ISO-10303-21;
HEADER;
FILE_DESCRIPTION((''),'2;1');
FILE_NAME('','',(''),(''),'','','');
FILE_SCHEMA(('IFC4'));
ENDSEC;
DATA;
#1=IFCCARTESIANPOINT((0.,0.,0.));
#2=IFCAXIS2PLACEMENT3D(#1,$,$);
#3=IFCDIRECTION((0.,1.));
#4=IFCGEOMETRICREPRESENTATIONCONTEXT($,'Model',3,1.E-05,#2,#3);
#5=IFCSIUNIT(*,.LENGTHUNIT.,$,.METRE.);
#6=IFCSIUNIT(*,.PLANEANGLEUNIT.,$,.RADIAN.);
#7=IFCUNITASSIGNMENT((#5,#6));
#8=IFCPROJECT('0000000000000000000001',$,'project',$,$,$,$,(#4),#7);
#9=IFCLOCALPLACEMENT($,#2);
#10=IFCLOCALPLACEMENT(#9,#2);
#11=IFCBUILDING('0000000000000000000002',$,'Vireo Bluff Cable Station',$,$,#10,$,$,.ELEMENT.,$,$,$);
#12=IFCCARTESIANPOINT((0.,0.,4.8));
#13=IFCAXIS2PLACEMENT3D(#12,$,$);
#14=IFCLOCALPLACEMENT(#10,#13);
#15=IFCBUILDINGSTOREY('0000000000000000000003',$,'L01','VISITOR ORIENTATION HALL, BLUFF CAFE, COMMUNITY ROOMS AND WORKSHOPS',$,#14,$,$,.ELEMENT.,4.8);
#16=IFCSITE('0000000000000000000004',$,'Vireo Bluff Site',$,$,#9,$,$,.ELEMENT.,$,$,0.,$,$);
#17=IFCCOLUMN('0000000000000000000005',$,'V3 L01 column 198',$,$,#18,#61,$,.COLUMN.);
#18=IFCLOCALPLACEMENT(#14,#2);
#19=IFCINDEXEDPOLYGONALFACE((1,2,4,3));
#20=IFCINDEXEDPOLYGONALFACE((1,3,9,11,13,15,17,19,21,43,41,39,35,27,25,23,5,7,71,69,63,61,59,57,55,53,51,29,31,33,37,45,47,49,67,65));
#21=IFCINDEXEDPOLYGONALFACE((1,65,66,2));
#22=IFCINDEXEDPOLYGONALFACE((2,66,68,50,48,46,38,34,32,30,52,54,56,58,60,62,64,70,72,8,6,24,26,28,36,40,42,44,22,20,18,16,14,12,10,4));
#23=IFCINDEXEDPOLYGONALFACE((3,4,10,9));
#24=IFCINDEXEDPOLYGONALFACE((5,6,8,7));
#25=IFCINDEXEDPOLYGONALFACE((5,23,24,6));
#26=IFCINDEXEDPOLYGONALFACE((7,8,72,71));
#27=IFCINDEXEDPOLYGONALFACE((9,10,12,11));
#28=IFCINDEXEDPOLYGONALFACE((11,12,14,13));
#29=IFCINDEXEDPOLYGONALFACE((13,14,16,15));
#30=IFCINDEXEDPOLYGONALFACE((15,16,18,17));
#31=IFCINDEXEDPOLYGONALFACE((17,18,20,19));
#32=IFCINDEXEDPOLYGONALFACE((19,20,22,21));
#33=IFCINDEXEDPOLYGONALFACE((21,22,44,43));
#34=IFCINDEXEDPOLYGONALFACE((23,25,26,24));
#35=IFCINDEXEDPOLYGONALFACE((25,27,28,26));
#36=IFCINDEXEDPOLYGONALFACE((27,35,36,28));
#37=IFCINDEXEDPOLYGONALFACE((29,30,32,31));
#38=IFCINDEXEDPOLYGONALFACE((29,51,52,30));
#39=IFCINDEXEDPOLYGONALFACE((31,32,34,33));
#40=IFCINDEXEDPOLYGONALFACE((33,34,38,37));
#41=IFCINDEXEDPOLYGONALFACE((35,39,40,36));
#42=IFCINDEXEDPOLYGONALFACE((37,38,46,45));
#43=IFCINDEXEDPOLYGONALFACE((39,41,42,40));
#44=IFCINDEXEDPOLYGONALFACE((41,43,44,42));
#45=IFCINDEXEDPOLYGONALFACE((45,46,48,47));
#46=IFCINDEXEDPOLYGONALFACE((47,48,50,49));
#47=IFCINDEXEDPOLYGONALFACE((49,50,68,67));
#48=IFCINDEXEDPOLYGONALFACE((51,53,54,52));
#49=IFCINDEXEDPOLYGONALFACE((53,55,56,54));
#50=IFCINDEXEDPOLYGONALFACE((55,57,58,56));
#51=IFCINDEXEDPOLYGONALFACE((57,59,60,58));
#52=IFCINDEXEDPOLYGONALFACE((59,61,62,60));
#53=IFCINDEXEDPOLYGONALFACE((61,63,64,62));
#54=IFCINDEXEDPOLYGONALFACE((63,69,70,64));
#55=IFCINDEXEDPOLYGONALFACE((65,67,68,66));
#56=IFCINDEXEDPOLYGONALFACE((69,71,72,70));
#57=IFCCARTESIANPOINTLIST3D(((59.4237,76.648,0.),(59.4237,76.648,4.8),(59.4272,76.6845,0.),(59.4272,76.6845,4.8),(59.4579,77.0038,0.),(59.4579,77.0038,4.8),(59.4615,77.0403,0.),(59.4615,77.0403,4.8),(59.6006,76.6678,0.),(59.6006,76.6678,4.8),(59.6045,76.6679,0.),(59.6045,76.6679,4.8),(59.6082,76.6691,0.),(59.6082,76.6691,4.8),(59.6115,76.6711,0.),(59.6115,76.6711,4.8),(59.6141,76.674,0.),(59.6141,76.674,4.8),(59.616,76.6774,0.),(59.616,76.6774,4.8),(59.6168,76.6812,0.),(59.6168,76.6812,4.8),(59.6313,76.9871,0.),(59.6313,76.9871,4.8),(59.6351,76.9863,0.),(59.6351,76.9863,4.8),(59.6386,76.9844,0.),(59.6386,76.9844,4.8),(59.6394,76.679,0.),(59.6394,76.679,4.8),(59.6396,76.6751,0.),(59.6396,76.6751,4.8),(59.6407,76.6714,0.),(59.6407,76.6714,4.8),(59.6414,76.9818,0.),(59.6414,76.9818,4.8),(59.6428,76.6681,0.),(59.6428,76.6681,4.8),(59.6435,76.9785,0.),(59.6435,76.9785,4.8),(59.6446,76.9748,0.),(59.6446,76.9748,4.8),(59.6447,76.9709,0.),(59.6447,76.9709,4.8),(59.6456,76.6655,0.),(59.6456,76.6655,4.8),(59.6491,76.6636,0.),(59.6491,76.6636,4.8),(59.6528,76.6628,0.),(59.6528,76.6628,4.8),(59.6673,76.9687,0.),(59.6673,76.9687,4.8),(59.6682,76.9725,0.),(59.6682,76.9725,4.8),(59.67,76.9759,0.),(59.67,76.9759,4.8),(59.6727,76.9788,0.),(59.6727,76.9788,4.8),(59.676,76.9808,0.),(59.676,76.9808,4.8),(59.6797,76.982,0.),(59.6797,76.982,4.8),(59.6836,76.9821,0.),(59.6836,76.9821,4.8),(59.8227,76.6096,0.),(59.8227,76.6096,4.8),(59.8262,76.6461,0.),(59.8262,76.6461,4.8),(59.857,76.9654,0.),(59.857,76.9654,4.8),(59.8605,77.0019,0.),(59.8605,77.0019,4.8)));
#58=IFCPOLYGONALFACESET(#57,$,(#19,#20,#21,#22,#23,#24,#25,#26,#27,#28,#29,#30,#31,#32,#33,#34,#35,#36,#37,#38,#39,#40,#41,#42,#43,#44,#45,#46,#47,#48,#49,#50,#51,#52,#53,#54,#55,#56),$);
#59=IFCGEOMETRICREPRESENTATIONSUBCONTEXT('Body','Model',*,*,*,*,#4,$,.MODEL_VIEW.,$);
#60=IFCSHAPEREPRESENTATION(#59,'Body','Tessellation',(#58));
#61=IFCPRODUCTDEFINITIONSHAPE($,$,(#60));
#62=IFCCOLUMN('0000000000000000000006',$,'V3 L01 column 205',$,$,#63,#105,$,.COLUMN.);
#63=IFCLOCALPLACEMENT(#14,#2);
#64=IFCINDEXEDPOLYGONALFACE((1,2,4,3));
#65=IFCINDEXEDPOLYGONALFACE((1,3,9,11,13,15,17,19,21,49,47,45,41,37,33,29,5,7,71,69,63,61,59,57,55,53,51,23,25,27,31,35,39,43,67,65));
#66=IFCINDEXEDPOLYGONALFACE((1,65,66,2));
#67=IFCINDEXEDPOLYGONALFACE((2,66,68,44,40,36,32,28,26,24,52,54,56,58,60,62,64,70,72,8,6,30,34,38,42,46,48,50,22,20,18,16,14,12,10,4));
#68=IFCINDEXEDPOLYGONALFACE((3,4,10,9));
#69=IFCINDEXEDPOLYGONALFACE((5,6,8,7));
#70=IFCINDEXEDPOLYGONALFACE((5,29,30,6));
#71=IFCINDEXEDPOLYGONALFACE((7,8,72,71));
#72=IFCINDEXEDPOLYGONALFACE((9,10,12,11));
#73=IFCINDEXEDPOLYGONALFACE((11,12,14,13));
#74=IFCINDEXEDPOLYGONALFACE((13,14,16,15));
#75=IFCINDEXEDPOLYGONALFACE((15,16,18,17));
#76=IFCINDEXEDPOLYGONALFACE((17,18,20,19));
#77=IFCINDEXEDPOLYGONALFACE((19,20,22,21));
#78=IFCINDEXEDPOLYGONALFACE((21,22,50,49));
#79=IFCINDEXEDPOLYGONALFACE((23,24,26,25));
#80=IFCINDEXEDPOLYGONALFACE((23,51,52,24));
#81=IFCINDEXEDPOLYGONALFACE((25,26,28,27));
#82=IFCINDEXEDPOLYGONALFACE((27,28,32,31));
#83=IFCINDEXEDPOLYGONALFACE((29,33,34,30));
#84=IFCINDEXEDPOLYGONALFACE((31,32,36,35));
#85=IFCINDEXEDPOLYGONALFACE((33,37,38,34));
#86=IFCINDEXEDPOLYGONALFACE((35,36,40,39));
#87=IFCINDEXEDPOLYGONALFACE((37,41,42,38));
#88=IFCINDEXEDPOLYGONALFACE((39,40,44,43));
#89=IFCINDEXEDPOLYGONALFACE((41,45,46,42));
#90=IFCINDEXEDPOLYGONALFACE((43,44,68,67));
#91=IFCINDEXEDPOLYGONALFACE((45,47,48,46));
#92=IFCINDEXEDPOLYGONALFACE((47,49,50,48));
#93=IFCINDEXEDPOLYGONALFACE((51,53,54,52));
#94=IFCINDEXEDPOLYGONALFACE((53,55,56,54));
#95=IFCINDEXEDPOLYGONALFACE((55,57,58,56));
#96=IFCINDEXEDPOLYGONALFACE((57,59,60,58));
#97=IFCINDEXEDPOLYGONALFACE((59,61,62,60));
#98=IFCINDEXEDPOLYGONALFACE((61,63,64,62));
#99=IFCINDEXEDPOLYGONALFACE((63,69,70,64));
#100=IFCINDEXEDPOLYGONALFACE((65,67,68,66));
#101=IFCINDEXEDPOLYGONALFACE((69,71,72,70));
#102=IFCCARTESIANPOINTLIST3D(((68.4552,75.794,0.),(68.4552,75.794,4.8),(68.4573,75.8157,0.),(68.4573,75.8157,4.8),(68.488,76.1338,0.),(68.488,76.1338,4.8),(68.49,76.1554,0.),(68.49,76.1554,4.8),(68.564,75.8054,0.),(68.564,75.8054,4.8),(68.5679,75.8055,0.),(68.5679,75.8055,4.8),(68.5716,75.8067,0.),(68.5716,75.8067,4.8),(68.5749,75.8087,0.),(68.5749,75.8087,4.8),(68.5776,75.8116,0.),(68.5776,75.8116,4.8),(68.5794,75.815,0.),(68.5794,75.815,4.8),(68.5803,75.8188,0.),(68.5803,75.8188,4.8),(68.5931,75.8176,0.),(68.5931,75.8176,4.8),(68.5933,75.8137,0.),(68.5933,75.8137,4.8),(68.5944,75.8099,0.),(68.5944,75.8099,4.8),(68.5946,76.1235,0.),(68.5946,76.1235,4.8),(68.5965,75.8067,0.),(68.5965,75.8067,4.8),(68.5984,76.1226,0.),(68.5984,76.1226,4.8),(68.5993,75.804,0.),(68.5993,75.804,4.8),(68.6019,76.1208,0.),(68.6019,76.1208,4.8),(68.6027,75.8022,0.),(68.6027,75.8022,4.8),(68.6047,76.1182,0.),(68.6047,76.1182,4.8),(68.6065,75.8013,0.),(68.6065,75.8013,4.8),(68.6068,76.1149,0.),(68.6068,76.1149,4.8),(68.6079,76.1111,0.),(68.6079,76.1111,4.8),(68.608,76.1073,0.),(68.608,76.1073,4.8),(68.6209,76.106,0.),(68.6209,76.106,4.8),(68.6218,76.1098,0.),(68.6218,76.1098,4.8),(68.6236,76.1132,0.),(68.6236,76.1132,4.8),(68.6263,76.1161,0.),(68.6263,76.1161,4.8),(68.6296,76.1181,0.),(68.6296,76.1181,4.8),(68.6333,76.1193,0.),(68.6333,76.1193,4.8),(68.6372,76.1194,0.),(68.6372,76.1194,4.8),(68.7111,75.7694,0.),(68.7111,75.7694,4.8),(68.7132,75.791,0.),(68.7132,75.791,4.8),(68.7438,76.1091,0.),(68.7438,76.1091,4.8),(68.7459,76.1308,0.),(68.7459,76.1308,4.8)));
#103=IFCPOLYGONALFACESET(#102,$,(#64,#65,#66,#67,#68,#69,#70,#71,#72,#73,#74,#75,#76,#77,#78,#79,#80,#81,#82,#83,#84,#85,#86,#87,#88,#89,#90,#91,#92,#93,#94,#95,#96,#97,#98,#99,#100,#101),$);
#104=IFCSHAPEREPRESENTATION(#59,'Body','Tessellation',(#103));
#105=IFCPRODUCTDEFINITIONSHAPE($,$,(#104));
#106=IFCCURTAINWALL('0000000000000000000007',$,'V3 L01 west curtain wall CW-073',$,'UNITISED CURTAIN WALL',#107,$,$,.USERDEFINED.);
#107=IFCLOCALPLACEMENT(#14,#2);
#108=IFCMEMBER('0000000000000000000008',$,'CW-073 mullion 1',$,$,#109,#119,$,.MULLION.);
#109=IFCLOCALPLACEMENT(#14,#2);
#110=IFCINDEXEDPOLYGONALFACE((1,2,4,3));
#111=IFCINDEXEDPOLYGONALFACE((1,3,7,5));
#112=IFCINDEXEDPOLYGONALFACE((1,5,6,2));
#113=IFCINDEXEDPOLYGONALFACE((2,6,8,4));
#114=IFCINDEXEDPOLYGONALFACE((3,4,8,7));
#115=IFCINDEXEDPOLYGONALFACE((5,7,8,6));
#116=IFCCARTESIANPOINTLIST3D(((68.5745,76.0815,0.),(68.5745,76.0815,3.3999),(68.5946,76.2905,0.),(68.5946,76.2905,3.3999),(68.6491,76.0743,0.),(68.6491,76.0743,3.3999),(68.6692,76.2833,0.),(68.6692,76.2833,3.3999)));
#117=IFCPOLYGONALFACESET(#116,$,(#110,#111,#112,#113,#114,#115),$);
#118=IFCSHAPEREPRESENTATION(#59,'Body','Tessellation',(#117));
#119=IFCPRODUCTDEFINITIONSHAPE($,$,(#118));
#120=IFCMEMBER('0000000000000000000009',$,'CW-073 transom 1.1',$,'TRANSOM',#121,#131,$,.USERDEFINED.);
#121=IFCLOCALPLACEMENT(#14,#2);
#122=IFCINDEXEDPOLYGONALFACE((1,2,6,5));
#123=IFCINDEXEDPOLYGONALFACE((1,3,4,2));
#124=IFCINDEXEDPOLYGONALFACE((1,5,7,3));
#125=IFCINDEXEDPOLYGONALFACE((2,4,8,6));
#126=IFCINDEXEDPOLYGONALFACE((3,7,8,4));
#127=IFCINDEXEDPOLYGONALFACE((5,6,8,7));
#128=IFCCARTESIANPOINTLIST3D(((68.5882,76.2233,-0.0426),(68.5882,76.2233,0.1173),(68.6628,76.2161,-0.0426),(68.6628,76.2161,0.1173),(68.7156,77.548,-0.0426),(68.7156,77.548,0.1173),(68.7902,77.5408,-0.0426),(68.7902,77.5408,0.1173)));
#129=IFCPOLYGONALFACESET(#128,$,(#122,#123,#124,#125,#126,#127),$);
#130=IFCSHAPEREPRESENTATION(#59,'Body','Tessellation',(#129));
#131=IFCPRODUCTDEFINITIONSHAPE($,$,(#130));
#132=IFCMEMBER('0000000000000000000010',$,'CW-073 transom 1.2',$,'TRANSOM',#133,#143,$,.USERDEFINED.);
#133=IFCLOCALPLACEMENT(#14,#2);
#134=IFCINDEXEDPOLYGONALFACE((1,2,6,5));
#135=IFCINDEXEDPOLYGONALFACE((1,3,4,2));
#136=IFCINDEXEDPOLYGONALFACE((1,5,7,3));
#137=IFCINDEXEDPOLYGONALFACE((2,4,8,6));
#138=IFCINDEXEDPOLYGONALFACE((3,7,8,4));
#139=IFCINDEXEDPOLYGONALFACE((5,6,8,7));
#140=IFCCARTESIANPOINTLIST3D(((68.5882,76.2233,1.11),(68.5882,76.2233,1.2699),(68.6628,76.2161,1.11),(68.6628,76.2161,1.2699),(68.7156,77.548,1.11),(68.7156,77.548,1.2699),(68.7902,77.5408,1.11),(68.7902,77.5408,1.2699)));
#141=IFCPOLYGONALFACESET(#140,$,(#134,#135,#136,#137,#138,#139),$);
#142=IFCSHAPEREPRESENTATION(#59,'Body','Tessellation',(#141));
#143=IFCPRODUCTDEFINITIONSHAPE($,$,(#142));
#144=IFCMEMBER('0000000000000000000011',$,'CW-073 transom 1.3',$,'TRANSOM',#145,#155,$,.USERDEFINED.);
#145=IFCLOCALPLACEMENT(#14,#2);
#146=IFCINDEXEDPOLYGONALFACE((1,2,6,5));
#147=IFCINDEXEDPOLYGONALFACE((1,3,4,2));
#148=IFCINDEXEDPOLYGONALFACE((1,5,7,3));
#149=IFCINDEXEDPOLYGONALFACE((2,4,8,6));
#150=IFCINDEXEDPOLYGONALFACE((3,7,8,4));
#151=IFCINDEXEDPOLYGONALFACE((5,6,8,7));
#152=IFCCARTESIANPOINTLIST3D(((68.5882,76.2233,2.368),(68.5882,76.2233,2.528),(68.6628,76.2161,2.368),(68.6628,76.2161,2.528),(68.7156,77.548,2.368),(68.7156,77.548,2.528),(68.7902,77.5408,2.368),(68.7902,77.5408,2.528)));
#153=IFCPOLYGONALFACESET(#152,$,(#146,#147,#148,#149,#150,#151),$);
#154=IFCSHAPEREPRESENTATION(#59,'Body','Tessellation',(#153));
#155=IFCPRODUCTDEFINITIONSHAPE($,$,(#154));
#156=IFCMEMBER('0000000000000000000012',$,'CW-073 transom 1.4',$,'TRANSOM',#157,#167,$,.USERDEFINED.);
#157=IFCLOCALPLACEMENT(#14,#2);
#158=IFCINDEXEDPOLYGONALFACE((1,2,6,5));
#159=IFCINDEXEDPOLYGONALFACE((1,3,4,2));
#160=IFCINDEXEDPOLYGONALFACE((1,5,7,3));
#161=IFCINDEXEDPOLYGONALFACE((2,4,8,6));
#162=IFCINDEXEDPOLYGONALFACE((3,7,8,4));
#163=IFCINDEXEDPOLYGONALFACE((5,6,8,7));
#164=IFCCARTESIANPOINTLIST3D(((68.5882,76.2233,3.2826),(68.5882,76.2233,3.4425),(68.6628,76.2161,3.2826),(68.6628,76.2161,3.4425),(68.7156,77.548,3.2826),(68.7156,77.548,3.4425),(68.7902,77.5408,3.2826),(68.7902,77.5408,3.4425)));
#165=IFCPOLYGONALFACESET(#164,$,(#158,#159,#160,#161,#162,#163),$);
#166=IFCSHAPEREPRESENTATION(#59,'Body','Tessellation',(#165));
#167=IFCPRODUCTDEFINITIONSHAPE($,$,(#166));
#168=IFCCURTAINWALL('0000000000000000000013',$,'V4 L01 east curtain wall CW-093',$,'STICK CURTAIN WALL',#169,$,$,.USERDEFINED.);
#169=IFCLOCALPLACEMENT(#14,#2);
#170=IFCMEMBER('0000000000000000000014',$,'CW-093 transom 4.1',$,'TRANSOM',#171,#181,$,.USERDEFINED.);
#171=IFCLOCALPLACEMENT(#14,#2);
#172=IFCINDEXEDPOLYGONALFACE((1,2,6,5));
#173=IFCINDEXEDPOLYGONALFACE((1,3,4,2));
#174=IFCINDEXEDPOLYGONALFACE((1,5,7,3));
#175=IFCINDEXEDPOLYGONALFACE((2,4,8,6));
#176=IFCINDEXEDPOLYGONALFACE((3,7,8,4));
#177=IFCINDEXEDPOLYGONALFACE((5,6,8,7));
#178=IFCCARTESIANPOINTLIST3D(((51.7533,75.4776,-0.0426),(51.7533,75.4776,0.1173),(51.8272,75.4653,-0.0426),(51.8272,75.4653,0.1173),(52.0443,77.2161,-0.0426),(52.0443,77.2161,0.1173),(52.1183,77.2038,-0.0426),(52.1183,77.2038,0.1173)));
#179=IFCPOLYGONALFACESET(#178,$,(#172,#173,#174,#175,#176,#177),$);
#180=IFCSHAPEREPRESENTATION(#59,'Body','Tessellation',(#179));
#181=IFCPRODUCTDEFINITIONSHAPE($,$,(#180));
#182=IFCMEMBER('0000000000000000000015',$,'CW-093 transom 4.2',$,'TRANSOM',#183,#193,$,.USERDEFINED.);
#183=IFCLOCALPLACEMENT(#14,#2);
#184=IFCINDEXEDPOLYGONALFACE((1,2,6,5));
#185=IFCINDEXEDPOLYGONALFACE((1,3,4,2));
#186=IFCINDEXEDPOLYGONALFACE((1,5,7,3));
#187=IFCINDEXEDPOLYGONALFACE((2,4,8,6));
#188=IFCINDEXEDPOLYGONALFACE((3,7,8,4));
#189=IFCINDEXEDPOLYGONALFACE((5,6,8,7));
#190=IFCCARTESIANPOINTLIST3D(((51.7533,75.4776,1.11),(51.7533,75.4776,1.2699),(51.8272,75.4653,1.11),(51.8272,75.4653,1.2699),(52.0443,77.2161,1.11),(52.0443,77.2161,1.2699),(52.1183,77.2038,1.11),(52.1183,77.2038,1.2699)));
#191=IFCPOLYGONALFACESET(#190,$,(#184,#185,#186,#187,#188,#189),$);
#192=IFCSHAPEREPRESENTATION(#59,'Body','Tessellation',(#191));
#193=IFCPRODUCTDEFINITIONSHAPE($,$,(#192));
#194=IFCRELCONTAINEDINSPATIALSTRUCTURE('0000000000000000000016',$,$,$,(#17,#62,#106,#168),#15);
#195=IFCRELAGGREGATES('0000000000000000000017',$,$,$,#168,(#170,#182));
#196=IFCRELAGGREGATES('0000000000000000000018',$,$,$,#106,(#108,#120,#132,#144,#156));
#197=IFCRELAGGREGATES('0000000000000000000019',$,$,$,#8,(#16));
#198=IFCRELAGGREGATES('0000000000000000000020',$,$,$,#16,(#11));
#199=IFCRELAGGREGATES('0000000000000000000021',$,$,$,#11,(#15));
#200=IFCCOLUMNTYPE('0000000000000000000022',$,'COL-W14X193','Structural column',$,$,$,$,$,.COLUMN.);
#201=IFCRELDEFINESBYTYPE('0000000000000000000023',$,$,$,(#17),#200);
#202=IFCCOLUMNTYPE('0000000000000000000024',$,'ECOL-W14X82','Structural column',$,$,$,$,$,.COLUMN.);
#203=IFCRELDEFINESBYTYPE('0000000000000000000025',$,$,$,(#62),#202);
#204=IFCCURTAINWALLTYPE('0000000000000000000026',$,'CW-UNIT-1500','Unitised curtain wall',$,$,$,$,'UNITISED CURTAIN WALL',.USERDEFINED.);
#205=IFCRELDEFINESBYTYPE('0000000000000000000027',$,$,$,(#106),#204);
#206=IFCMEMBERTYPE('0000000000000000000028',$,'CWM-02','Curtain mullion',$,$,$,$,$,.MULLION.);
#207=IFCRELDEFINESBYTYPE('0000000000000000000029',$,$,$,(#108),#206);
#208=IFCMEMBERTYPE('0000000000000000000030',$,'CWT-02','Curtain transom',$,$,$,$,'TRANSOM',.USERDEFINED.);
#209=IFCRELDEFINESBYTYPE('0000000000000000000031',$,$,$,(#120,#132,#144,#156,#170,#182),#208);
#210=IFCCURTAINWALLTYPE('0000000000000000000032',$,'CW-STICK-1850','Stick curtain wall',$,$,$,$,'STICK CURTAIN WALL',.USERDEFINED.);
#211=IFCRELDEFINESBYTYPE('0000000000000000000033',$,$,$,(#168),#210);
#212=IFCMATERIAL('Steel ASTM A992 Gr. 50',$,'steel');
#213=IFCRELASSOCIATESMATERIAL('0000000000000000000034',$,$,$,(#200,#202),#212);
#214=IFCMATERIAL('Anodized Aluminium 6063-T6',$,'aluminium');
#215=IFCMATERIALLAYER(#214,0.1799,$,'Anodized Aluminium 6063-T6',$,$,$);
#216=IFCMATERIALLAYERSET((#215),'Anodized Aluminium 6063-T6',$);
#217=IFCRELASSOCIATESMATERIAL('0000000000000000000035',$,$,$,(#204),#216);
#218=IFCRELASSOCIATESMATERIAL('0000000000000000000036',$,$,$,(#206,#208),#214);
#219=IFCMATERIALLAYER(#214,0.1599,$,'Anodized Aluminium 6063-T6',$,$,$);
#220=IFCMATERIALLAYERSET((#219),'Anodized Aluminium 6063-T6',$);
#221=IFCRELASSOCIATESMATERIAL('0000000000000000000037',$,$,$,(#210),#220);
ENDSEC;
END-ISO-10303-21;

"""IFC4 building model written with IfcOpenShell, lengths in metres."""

from ifc_helpers import new_model, si_unit, direction, frame, origin, origin_2d, place, context, subcontext, project, spatial, rectangle, i_section, extrude, material, layer, layer_set, material_profile, profile_set, type_object, element, aggregate, save


model = new_model("IFC4")

# Units and contexts
model_context = context("Model", 3, precision=1e-05, world=origin(), true_north=direction((0.0, 1.0)))
body_context = subcontext(model_context, "Body", "Model", "MODEL_VIEW")
ifc_project = project(units=[si_unit("LENGTHUNIT", "METRE"), si_unit("PLANEANGLEUNIT", "RADIAN")], contexts=[model_context])

# Site, building, storey
site_placement = place(None, origin())
site = spatial("IfcSite", under=ifc_project, at=site_placement, Name="Vireo Bluff Site", CompositionType="ELEMENT", RefElevation=0.0)
building_placement = place(site_placement, origin())
building = spatial("IfcBuilding", under=site, at=building_placement, Name="Vireo Bluff Cable Station", CompositionType="ELEMENT")
storey_placement = place(building_placement, frame((0.0, 0.0, 4.8)))
storey = spatial("IfcBuildingStorey", under=building, at=storey_placement, Name="L01", Description="VISITOR ORIENTATION HALL, BLUFF CAFE, COMMUNITY ROOMS AND WORKSHOPS", CompositionType="ELEMENT", Elevation=4.8)

# Columns
ifc_material_1 = material(Name="Steel ASTM A992 Gr. 50", Category="steel")
ifc_material_profile_1 = material_profile(ifc_material_1, i_section(OverallWidth=0.4009, OverallDepth=0.394, WebThickness=0.0227, FlangeThickness=0.0366, FilletRadius=0.0149, at=origin_2d()), Name="W14X193")
ifc_profile_set_1 = profile_set([ifc_material_profile_1], Name="Steel ASTM A992 Gr. 50")
column_type_1 = type_object("IfcColumnType", Name="COL-W14X193", Description="Structural column", PredefinedType="COLUMN", material=ifc_profile_set_1)
column_1_placement = place(storey_placement, frame((59.6421, 76.825, 0.0), z_axis=(0.0, 0.0, 1.0), x_axis=(0.995396, -0.095846, 0.0)))
element("IfcColumn", 1, at=column_1_placement, inside=storey, type_object=column_type_1, Name="V3 L01 column 198", PredefinedType="COLUMN", context=body_context, shape_type="SweptSolid", body=[
    extrude(i_section(OverallWidth=0.4009, OverallDepth=0.394, WebThickness=0.0227, FlangeThickness=0.0366, FilletRadius=0.0149, at=origin_2d()), origin(), (0.0, 0.0, 1.0), 4.8),
])
ifc_material_profile_2 = material_profile(ifc_material_1, i_section(OverallWidth=0.2571, OverallDepth=0.363, WebThickness=0.0129, FlangeThickness=0.0217, FilletRadius=0.0149, at=origin_2d()), Name="W14X82")
ifc_profile_set_2 = profile_set([ifc_material_profile_2], Name="Steel ASTM A992 Gr. 50")
column_type_2 = type_object("IfcColumnType", Name="ECOL-W14X82", Description="Structural column", PredefinedType="COLUMN", material=ifc_profile_set_2)
column_2_placement = place(storey_placement, frame((68.6006, 75.9624, 0.0), z_axis=(0.0, 0.0, 1.0), x_axis=(0.995396, -0.095846, 0.0)))
element("IfcColumn", 2, at=column_2_placement, inside=storey, type_object=column_type_2, Name="V3 L01 column 205", PredefinedType="COLUMN", context=body_context, shape_type="SweptSolid", body=[
    extrude(i_section(OverallWidth=0.2571, OverallDepth=0.363, WebThickness=0.0129, FlangeThickness=0.0217, FilletRadius=0.0149, at=origin_2d()), origin(), (0.0, 0.0, 1.0), 4.8),
])

# Curtain walls, members
ifc_material_2 = material(Name="Anodized Aluminium 6063-T6", Category="aluminium")
ifc_layer_1 = layer(ifc_material_2, 0.1799, Name="Anodized Aluminium 6063-T6")
ifc_layer_set_1 = layer_set([ifc_layer_1], Name="Anodized Aluminium 6063-T6")
curtain_wall_type_1 = type_object("IfcCurtainWallType", Name="CW-UNIT-1500", Description="Unitised curtain wall", ElementType="UNITISED CURTAIN WALL", PredefinedType="USERDEFINED", material=ifc_layer_set_1)
curtain_wall_1_placement = place(storey_placement, origin())
curtain_wall_1 = element("IfcCurtainWall", 3, at=curtain_wall_1_placement, inside=storey, type_object=curtain_wall_type_1, Name="V3 L01 west curtain wall CW-073", ObjectType="UNITISED CURTAIN WALL", PredefinedType="USERDEFINED")
ifc_material_profile_3 = material_profile(ifc_material_2, rectangle(XDim=0.075, YDim=0.21, at=origin_2d()), Name="ALU-M-75X210")
ifc_profile_set_3 = profile_set([ifc_material_profile_3], Name="Anodized Aluminium 6063-T6")
member_type_1 = type_object("IfcMemberType", Name="CWM-02", Description="Curtain mullion", PredefinedType="MULLION", material=ifc_profile_set_3)
member_1_placement = place(storey_placement, frame((68.6218, 76.1824, 0.0), z_axis=(0.0, 0.0, 1.0), x_axis=(-0.995396, 0.095846, 0.0)))
member_1 = element("IfcMember", 4, at=member_1_placement, type_object=member_type_1, Name="CW-073 mullion 1", PredefinedType="MULLION", context=body_context, shape_type="SweptSolid", body=[
    extrude(rectangle(XDim=0.075, YDim=0.21, at=origin_2d()), origin(), (0.0, 0.0, 1.0), 3.3999),
])
ifc_material_profile_4 = material_profile(ifc_material_2, rectangle(XDim=0.075, YDim=0.1599, at=origin_2d()), Name="ALU-T-75X160")
ifc_profile_set_4 = profile_set([ifc_material_profile_4], Name="Anodized Aluminium 6063-T6")
member_type_2 = type_object("IfcMemberType", Name="CWT-02", Description="Curtain transom", ElementType="TRANSOM", PredefinedType="USERDEFINED", material=ifc_profile_set_4)
member_2_placement = place(storey_placement, frame((68.6255, 76.2197, 0.0374), z_axis=(0.095761, 0.995404, 0.0), x_axis=(-0.995404, 0.095761, 0.0)))
member_2 = element("IfcMember", 5, at=member_2_placement, type_object=member_type_2, Name="CW-073 transom 1.1", ObjectType="TRANSOM", PredefinedType="USERDEFINED", context=body_context, shape_type="SweptSolid", body=[
    extrude(rectangle(XDim=0.075, YDim=0.1599, at=origin_2d()), origin(), (0.0, 0.0, 1.0), 1.3308),
])
member_3_placement = place(storey_placement, frame((68.6255, 76.2197, 1.1899), z_axis=(0.095761, 0.995404, 0.0), x_axis=(-0.995404, 0.095761, 0.0)))
member_3 = element("IfcMember", 6, at=member_3_placement, type_object=member_type_2, Name="CW-073 transom 1.2", ObjectType="TRANSOM", PredefinedType="USERDEFINED", context=body_context, shape_type="SweptSolid", body=[
    extrude(rectangle(XDim=0.075, YDim=0.1599, at=origin_2d()), origin(), (0.0, 0.0, 1.0), 1.3308),
])
member_4_placement = place(storey_placement, frame((68.6255, 76.2197, 2.448), z_axis=(0.095761, 0.995404, 0.0), x_axis=(-0.995404, 0.095761, 0.0)))
member_4 = element("IfcMember", 7, at=member_4_placement, type_object=member_type_2, Name="CW-073 transom 1.3", ObjectType="TRANSOM", PredefinedType="USERDEFINED", context=body_context, shape_type="SweptSolid", body=[
    extrude(rectangle(XDim=0.075, YDim=0.1599, at=origin_2d()), origin(), (0.0, 0.0, 1.0), 1.3308),
])
member_5_placement = place(storey_placement, frame((68.6255, 76.2197, 3.3625), z_axis=(0.095761, 0.995404, 0.0), x_axis=(-0.995404, 0.095761, 0.0)))
member_5 = element("IfcMember", 8, at=member_5_placement, type_object=member_type_2, Name="CW-073 transom 1.4", ObjectType="TRANSOM", PredefinedType="USERDEFINED", context=body_context, shape_type="SweptSolid", body=[
    extrude(rectangle(XDim=0.075, YDim=0.1599, at=origin_2d()), origin(), (0.0, 0.0, 1.0), 1.3308),
])
ifc_layer_2 = layer(ifc_material_2, 0.1599, Name="Anodized Aluminium 6063-T6")
ifc_layer_set_2 = layer_set([ifc_layer_2], Name="Anodized Aluminium 6063-T6")
curtain_wall_type_2 = type_object("IfcCurtainWallType", Name="CW-STICK-1850", Description="Stick curtain wall", ElementType="STICK CURTAIN WALL", PredefinedType="USERDEFINED", material=ifc_layer_set_2)
curtain_wall_2_placement = place(storey_placement, origin())
curtain_wall_2 = element("IfcCurtainWall", 9, at=curtain_wall_2_placement, inside=storey, type_object=curtain_wall_type_2, Name="V4 L01 east curtain wall CW-093", ObjectType="STICK CURTAIN WALL", PredefinedType="USERDEFINED")
member_6_placement = place(storey_placement, frame((52.0813, 77.21, 0.0374), z_axis=(-0.165095, -0.986278, 0.0), x_axis=(0.986278, -0.165095, 0.0)))
member_6 = element("IfcMember", 10, at=member_6_placement, type_object=member_type_2, Name="CW-093 transom 4.1", ObjectType="TRANSOM", PredefinedType="USERDEFINED", context=body_context, shape_type="SweptSolid", body=[
    extrude(rectangle(XDim=0.075, YDim=0.1599, at=origin_2d()), origin(), (0.0, 0.0, 1.0), 1.7627),
])
member_7_placement = place(storey_placement, frame((52.0813, 77.21, 1.1899), z_axis=(-0.165095, -0.986278, 0.0), x_axis=(0.986278, -0.165095, 0.0)))
member_7 = element("IfcMember", 11, at=member_7_placement, type_object=member_type_2, Name="CW-093 transom 4.2", ObjectType="TRANSOM", PredefinedType="USERDEFINED", context=body_context, shape_type="SweptSolid", body=[
    extrude(rectangle(XDim=0.075, YDim=0.1599, at=origin_2d()), origin(), (0.0, 0.0, 1.0), 1.7627),
])
aggregate(curtain_wall_2, [member_6, member_7])

aggregate(curtain_wall_1, [member_1, member_2, member_3, member_4, member_5])

save(model, "model.ifc")
